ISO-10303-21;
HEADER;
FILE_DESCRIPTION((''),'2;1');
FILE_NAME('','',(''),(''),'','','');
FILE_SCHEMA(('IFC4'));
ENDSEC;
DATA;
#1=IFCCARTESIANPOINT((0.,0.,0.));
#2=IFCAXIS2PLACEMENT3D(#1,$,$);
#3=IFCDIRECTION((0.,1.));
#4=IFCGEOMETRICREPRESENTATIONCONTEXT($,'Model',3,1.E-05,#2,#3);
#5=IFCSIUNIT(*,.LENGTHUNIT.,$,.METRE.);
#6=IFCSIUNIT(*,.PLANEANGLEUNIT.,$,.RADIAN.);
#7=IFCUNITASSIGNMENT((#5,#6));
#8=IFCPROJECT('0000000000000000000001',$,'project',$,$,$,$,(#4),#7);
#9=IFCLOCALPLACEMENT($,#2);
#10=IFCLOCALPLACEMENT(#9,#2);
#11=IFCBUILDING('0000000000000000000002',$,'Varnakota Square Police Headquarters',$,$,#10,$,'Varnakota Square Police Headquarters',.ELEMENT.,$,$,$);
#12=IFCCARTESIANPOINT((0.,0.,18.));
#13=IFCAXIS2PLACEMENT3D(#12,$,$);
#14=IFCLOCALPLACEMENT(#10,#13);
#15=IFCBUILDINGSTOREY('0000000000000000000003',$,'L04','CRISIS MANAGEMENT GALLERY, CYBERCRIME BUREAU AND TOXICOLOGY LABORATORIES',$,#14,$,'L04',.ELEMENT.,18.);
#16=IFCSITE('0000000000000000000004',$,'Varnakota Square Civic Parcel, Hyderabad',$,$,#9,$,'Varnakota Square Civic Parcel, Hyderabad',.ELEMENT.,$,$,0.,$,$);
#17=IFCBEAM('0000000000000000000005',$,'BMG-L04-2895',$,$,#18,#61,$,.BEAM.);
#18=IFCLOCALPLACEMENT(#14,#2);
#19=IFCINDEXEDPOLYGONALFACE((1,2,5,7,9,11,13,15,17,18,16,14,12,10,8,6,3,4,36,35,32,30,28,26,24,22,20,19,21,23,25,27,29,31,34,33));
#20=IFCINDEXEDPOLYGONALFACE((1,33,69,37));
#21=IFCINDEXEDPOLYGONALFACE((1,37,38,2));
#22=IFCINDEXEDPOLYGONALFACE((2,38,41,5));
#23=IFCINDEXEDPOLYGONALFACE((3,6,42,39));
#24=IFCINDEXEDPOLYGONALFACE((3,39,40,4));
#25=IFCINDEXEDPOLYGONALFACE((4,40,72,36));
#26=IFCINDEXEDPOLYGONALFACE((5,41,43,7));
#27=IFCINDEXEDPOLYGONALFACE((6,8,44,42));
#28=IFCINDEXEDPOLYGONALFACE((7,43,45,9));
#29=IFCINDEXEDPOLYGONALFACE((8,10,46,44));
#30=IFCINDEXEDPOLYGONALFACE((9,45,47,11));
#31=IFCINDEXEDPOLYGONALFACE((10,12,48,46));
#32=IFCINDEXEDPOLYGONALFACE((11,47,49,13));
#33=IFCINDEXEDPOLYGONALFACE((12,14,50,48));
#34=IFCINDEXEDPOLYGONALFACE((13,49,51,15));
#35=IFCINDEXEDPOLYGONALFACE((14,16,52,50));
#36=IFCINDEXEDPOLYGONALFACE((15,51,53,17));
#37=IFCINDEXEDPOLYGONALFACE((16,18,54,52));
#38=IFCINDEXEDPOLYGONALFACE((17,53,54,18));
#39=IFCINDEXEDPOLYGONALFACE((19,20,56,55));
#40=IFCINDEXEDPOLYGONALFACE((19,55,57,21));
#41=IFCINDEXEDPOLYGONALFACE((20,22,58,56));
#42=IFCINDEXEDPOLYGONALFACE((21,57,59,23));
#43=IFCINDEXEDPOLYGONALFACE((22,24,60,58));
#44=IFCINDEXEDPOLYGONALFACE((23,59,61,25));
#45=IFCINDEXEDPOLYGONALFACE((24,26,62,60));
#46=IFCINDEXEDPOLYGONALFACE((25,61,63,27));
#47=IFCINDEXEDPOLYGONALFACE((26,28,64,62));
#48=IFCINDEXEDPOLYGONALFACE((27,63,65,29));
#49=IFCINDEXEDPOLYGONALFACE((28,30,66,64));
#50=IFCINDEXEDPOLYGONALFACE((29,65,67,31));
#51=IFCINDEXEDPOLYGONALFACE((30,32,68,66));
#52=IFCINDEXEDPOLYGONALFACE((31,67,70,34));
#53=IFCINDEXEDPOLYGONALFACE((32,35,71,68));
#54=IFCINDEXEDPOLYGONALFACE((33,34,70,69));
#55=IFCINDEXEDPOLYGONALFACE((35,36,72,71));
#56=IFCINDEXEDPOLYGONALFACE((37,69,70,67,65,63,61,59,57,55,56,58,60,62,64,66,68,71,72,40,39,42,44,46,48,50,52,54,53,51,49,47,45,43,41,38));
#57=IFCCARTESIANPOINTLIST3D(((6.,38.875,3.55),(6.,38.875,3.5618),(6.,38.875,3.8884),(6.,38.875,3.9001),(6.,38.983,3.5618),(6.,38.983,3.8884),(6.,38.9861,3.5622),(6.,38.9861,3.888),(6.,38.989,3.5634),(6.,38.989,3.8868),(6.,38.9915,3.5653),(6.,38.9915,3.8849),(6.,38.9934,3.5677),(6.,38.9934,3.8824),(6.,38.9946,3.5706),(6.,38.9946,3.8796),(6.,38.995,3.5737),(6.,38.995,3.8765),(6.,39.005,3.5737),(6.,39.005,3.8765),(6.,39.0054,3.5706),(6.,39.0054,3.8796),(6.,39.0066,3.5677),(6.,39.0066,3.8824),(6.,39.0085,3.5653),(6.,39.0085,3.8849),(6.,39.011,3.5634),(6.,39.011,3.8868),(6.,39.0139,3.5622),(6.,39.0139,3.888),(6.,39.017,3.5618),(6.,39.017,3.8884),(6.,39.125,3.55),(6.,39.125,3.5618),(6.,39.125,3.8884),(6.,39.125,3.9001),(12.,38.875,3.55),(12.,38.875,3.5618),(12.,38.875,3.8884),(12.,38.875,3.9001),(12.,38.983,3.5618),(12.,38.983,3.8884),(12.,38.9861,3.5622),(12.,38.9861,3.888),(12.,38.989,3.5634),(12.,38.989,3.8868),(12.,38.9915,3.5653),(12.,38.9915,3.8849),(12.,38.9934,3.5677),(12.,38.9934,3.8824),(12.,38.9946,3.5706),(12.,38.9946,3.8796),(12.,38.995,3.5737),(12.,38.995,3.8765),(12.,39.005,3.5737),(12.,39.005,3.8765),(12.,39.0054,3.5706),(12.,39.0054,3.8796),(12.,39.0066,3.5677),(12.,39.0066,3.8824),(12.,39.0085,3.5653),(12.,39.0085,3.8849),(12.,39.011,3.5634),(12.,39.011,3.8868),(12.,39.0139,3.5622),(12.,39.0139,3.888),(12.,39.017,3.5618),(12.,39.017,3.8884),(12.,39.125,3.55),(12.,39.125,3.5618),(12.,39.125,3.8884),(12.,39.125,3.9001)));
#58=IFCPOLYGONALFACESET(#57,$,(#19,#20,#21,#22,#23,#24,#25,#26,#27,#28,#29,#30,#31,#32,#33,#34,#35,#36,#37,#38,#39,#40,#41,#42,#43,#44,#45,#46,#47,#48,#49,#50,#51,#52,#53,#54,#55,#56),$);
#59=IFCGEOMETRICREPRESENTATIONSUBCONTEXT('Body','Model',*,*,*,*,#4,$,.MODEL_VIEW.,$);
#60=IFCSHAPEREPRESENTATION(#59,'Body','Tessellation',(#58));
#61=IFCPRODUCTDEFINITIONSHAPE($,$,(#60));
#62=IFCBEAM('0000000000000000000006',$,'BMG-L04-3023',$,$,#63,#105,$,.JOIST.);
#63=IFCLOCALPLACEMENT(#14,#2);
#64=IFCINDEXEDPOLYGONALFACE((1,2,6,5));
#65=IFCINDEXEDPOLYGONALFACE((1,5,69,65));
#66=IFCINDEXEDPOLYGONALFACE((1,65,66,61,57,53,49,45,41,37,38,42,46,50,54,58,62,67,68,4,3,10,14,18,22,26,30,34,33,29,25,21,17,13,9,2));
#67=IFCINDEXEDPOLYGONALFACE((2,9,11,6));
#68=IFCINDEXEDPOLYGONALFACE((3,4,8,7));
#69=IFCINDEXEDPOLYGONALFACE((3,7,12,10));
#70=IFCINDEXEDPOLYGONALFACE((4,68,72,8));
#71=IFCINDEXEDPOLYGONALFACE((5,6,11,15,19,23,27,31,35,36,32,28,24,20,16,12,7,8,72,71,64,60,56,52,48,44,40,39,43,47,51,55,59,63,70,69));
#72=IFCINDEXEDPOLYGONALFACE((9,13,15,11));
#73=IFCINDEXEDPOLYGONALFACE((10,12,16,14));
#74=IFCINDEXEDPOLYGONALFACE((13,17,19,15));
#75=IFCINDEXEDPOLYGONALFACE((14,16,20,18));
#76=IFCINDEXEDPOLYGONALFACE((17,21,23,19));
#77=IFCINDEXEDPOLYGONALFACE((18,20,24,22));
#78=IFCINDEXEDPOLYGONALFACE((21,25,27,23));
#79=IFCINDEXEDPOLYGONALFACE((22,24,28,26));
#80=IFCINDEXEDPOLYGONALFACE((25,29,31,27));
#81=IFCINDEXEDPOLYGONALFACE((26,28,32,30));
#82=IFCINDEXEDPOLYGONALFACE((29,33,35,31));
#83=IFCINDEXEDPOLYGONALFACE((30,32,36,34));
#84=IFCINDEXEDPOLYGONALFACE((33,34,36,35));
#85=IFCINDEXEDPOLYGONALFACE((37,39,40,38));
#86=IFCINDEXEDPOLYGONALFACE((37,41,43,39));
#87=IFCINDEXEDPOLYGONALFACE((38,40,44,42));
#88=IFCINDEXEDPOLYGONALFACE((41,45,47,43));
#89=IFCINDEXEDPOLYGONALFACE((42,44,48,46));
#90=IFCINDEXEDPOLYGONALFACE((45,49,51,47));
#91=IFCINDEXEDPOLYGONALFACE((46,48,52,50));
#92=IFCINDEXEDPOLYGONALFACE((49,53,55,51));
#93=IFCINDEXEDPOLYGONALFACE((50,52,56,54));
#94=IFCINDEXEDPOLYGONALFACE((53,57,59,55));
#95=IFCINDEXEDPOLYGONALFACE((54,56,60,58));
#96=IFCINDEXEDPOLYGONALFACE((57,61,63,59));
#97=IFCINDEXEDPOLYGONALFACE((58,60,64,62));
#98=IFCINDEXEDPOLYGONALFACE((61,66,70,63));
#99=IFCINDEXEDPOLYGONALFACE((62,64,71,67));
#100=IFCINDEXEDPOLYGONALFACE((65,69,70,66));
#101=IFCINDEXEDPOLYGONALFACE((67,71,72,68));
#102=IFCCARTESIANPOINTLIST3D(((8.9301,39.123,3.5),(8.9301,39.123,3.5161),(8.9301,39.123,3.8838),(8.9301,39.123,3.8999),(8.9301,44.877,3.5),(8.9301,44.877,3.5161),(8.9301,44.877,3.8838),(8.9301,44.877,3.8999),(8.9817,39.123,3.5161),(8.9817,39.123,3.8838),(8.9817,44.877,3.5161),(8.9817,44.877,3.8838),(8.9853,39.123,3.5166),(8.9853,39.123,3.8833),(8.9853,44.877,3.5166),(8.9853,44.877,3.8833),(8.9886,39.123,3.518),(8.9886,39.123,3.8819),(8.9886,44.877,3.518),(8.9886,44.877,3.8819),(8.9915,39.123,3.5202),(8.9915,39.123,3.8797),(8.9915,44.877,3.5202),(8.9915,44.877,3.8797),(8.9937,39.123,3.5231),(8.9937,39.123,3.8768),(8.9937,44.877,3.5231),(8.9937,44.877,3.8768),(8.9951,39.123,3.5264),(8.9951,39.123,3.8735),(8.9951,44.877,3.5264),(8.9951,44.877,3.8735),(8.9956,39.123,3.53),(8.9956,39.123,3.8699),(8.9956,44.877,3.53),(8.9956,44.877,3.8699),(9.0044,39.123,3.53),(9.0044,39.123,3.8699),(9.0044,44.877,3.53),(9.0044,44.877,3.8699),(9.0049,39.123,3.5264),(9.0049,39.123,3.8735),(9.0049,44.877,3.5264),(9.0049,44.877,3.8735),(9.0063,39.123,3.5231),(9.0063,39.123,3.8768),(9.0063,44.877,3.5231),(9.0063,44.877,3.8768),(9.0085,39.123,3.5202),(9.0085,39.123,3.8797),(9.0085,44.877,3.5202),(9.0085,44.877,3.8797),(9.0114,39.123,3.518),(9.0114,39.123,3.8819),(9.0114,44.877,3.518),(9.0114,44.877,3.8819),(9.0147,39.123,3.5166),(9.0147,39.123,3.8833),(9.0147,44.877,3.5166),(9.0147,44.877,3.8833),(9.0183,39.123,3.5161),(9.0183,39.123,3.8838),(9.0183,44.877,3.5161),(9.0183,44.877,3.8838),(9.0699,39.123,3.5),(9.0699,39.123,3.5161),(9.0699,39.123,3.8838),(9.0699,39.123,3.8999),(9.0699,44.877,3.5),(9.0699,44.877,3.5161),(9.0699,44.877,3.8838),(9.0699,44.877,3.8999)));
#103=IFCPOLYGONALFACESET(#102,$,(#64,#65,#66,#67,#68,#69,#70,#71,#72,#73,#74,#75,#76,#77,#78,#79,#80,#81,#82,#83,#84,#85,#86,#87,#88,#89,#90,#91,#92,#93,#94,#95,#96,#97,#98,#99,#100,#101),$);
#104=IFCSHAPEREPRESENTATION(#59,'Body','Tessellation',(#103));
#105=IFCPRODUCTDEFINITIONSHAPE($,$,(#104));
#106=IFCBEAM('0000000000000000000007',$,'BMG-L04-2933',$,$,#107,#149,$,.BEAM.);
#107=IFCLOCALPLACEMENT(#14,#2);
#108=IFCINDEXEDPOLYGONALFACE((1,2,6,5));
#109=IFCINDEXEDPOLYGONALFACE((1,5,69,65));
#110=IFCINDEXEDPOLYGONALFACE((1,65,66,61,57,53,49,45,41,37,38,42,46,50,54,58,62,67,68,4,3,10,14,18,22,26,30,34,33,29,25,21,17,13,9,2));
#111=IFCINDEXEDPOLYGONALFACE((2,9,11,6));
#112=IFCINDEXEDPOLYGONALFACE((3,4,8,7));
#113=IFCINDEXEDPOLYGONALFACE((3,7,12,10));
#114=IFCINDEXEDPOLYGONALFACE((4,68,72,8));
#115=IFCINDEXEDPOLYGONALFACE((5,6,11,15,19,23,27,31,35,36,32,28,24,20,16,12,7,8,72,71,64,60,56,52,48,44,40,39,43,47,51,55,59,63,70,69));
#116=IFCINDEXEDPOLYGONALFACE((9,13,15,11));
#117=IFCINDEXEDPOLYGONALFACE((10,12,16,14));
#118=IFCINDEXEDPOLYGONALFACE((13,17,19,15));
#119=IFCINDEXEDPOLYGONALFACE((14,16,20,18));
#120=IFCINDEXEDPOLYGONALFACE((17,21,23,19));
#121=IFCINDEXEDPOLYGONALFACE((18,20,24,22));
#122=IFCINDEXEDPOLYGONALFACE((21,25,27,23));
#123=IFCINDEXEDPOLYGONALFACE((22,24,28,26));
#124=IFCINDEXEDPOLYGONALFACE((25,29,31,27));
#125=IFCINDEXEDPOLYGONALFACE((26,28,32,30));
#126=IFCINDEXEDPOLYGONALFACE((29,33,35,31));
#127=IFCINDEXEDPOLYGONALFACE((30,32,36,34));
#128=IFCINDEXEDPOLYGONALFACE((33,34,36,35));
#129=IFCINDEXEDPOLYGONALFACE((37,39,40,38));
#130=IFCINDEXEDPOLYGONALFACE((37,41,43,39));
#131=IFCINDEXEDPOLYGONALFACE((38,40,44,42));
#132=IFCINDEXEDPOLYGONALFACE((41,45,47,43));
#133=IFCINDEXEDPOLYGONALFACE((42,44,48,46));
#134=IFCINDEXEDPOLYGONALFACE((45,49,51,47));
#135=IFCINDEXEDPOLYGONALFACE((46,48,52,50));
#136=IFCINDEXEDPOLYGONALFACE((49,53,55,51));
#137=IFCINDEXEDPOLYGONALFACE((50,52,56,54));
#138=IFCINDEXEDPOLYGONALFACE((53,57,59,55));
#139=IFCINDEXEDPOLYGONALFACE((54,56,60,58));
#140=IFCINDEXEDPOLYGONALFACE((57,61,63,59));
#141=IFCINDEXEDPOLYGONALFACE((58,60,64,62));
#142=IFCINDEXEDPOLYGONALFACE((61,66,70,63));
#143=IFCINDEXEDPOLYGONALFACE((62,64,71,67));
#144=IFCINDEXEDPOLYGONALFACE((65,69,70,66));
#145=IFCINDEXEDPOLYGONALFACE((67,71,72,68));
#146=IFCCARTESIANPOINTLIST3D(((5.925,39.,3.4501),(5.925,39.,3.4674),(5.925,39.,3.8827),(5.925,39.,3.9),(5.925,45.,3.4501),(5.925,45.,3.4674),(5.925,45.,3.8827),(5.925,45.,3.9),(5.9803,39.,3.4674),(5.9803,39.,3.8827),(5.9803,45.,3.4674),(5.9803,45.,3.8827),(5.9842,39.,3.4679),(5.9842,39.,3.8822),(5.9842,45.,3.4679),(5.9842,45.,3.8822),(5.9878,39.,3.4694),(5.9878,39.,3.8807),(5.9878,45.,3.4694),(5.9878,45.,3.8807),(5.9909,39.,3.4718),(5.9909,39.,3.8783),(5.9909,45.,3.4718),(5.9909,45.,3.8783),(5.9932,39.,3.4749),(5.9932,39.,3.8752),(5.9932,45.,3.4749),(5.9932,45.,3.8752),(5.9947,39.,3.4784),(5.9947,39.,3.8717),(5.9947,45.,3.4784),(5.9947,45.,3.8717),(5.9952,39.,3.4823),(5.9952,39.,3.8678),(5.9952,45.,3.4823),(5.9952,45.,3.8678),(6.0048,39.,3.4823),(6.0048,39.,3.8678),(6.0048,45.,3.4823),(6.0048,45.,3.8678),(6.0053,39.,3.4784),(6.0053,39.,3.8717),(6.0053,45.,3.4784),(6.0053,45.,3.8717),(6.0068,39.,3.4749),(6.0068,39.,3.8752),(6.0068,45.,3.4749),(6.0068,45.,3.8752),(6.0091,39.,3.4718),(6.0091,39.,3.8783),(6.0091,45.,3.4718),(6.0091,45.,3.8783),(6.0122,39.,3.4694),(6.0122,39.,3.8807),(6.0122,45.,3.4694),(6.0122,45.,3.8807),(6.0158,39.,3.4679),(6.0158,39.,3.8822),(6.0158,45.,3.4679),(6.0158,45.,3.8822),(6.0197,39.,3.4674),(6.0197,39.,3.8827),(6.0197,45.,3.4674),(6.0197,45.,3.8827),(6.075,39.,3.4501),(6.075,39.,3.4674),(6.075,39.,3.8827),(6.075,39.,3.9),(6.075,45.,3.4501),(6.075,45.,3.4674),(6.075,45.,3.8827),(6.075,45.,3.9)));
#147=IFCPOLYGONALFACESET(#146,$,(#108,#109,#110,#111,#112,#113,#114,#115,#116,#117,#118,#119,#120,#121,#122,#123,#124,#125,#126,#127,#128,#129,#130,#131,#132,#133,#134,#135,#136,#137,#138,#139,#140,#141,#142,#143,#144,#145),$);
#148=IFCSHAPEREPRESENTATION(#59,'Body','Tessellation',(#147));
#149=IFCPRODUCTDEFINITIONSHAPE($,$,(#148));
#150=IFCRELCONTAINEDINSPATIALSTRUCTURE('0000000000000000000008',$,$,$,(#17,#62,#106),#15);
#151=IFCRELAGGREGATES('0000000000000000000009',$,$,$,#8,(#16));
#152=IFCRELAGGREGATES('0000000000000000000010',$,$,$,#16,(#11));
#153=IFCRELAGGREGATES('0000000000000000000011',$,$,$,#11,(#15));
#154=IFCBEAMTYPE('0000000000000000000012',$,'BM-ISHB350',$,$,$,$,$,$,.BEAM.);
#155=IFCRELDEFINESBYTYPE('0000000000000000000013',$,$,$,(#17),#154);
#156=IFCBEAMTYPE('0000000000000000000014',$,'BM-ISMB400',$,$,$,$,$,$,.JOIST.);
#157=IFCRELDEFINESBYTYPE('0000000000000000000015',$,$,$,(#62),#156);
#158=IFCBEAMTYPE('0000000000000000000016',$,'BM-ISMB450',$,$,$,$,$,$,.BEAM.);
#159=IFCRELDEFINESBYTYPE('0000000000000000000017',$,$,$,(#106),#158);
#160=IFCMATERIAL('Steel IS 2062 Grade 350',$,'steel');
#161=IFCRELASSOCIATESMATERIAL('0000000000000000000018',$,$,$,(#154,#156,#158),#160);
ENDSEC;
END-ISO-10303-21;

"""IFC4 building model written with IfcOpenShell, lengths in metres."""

from ifc_helpers import new_model, si_unit, direction, frame, origin, origin_2d, place, context, subcontext, project, spatial, i_section, extrude, material, material_profile, profile_set, type_object, element, save


model = new_model("IFC4")

# Units and contexts
model_context = context("Model", 3, precision=1e-05, world=origin(), true_north=direction((0.0, 1.0)))
body_context = subcontext(model_context, "Body", "Model", "MODEL_VIEW")
ifc_project = project(units=[si_unit("LENGTHUNIT", "METRE"), si_unit("PLANEANGLEUNIT", "RADIAN")], contexts=[model_context])

# Site, building, storey
site_placement = place(None, origin())
site = spatial("IfcSite", under=ifc_project, at=site_placement, Name="Varnakota Square Civic Parcel, Hyderabad", LongName="Varnakota Square Civic Parcel, Hyderabad", CompositionType="ELEMENT", RefElevation=0.0)
building_placement = place(site_placement, origin())
building = spatial("IfcBuilding", under=site, at=building_placement, Name="Varnakota Square Police Headquarters", LongName="Varnakota Square Police Headquarters", CompositionType="ELEMENT")
storey_placement = place(building_placement, frame((0.0, 0.0, 18.0)))
storey = spatial("IfcBuildingStorey", under=building, at=storey_placement, Name="L04", Description="CRISIS MANAGEMENT GALLERY, CYBERCRIME BUREAU AND TOXICOLOGY LABORATORIES", LongName="L04", CompositionType="ELEMENT", Elevation=18.0)

# Shared definitions
ifc_material_1 = material(Name="Steel IS 2062 Grade 350", Category="steel")

# Beams
ifc_material_profile_1 = material_profile(ifc_material_1, i_section(OverallWidth=0.25, OverallDepth=0.3501, WebThickness=0.01, FlangeThickness=0.0117, FilletRadius=0.012, at=origin_2d()), Name="ISHB 350")
ifc_profile_set_1 = profile_set([ifc_material_profile_1], Name="Steel IS 2062 Grade 350")
beam_type_1 = type_object("IfcBeamType", Name="BM-ISHB350", PredefinedType="BEAM", material=ifc_profile_set_1)
beam_1_placement = place(storey_placement, frame((6.0, 39.0, 3.7251), z_axis=(1.0, 0.0, 0.0), x_axis=(0.0, 1.0, 0.0)))
element("IfcBeam", 1, at=beam_1_placement, inside=storey, type_object=beam_type_1, Name="BMG-L04-2895", PredefinedType="BEAM", context=body_context, shape_type="SweptSolid", body=[
    extrude(i_section(OverallWidth=0.25, OverallDepth=0.3501, WebThickness=0.01, FlangeThickness=0.0117, FilletRadius=0.012, at=origin_2d()), origin(), (0.0, 0.0, 1.0), 6.0),
])
ifc_material_profile_2 = material_profile(ifc_material_1, i_section(OverallWidth=0.1399, OverallDepth=0.3999, WebThickness=0.0088, FlangeThickness=0.0161, FilletRadius=0.0139, at=origin_2d()), Name="ISMB 400")
ifc_profile_set_2 = profile_set([ifc_material_profile_2], Name="Steel IS 2062 Grade 350")
beam_type_2 = type_object("IfcBeamType", Name="BM-ISMB400", PredefinedType="JOIST", material=ifc_profile_set_2)
beam_2_placement = place(storey_placement, frame((9.0, 39.123, 3.7), z_axis=(0.0, 1.0, 0.0), x_axis=(-1.0, 0.0, 0.0)))
element("IfcBeam", 2, at=beam_2_placement, inside=storey, type_object=beam_type_2, Name="BMG-L04-3023", PredefinedType="JOIST", context=body_context, shape_type="SweptSolid", body=[
    extrude(i_section(OverallWidth=0.1399, OverallDepth=0.3999, WebThickness=0.0088, FlangeThickness=0.0161, FilletRadius=0.0139, at=origin_2d()), origin(), (0.0, 0.0, 1.0), 5.7539),
])
ifc_material_profile_3 = material_profile(ifc_material_1, i_section(OverallWidth=0.1499, OverallDepth=0.45, WebThickness=0.0095, FlangeThickness=0.0173, FilletRadius=0.0149, at=origin_2d()), Name="ISMB 450")
ifc_profile_set_3 = profile_set([ifc_material_profile_3], Name="Steel IS 2062 Grade 350")
beam_type_3 = type_object("IfcBeamType", Name="BM-ISMB450", PredefinedType="BEAM", material=ifc_profile_set_3)
beam_3_placement = place(storey_placement, frame((6.0, 39.0, 3.675), z_axis=(0.0, 1.0, 0.0), x_axis=(-1.0, 0.0, 0.0)))
element("IfcBeam", 3, at=beam_3_placement, inside=storey, type_object=beam_type_3, Name="BMG-L04-2933", PredefinedType="BEAM", context=body_context, shape_type="SweptSolid", body=[
    extrude(i_section(OverallWidth=0.1499, OverallDepth=0.45, WebThickness=0.0095, FlangeThickness=0.0173, FilletRadius=0.0149, at=origin_2d()), origin(), (0.0, 0.0, 1.0), 6.0),
])

save(model, "model.ifc")
